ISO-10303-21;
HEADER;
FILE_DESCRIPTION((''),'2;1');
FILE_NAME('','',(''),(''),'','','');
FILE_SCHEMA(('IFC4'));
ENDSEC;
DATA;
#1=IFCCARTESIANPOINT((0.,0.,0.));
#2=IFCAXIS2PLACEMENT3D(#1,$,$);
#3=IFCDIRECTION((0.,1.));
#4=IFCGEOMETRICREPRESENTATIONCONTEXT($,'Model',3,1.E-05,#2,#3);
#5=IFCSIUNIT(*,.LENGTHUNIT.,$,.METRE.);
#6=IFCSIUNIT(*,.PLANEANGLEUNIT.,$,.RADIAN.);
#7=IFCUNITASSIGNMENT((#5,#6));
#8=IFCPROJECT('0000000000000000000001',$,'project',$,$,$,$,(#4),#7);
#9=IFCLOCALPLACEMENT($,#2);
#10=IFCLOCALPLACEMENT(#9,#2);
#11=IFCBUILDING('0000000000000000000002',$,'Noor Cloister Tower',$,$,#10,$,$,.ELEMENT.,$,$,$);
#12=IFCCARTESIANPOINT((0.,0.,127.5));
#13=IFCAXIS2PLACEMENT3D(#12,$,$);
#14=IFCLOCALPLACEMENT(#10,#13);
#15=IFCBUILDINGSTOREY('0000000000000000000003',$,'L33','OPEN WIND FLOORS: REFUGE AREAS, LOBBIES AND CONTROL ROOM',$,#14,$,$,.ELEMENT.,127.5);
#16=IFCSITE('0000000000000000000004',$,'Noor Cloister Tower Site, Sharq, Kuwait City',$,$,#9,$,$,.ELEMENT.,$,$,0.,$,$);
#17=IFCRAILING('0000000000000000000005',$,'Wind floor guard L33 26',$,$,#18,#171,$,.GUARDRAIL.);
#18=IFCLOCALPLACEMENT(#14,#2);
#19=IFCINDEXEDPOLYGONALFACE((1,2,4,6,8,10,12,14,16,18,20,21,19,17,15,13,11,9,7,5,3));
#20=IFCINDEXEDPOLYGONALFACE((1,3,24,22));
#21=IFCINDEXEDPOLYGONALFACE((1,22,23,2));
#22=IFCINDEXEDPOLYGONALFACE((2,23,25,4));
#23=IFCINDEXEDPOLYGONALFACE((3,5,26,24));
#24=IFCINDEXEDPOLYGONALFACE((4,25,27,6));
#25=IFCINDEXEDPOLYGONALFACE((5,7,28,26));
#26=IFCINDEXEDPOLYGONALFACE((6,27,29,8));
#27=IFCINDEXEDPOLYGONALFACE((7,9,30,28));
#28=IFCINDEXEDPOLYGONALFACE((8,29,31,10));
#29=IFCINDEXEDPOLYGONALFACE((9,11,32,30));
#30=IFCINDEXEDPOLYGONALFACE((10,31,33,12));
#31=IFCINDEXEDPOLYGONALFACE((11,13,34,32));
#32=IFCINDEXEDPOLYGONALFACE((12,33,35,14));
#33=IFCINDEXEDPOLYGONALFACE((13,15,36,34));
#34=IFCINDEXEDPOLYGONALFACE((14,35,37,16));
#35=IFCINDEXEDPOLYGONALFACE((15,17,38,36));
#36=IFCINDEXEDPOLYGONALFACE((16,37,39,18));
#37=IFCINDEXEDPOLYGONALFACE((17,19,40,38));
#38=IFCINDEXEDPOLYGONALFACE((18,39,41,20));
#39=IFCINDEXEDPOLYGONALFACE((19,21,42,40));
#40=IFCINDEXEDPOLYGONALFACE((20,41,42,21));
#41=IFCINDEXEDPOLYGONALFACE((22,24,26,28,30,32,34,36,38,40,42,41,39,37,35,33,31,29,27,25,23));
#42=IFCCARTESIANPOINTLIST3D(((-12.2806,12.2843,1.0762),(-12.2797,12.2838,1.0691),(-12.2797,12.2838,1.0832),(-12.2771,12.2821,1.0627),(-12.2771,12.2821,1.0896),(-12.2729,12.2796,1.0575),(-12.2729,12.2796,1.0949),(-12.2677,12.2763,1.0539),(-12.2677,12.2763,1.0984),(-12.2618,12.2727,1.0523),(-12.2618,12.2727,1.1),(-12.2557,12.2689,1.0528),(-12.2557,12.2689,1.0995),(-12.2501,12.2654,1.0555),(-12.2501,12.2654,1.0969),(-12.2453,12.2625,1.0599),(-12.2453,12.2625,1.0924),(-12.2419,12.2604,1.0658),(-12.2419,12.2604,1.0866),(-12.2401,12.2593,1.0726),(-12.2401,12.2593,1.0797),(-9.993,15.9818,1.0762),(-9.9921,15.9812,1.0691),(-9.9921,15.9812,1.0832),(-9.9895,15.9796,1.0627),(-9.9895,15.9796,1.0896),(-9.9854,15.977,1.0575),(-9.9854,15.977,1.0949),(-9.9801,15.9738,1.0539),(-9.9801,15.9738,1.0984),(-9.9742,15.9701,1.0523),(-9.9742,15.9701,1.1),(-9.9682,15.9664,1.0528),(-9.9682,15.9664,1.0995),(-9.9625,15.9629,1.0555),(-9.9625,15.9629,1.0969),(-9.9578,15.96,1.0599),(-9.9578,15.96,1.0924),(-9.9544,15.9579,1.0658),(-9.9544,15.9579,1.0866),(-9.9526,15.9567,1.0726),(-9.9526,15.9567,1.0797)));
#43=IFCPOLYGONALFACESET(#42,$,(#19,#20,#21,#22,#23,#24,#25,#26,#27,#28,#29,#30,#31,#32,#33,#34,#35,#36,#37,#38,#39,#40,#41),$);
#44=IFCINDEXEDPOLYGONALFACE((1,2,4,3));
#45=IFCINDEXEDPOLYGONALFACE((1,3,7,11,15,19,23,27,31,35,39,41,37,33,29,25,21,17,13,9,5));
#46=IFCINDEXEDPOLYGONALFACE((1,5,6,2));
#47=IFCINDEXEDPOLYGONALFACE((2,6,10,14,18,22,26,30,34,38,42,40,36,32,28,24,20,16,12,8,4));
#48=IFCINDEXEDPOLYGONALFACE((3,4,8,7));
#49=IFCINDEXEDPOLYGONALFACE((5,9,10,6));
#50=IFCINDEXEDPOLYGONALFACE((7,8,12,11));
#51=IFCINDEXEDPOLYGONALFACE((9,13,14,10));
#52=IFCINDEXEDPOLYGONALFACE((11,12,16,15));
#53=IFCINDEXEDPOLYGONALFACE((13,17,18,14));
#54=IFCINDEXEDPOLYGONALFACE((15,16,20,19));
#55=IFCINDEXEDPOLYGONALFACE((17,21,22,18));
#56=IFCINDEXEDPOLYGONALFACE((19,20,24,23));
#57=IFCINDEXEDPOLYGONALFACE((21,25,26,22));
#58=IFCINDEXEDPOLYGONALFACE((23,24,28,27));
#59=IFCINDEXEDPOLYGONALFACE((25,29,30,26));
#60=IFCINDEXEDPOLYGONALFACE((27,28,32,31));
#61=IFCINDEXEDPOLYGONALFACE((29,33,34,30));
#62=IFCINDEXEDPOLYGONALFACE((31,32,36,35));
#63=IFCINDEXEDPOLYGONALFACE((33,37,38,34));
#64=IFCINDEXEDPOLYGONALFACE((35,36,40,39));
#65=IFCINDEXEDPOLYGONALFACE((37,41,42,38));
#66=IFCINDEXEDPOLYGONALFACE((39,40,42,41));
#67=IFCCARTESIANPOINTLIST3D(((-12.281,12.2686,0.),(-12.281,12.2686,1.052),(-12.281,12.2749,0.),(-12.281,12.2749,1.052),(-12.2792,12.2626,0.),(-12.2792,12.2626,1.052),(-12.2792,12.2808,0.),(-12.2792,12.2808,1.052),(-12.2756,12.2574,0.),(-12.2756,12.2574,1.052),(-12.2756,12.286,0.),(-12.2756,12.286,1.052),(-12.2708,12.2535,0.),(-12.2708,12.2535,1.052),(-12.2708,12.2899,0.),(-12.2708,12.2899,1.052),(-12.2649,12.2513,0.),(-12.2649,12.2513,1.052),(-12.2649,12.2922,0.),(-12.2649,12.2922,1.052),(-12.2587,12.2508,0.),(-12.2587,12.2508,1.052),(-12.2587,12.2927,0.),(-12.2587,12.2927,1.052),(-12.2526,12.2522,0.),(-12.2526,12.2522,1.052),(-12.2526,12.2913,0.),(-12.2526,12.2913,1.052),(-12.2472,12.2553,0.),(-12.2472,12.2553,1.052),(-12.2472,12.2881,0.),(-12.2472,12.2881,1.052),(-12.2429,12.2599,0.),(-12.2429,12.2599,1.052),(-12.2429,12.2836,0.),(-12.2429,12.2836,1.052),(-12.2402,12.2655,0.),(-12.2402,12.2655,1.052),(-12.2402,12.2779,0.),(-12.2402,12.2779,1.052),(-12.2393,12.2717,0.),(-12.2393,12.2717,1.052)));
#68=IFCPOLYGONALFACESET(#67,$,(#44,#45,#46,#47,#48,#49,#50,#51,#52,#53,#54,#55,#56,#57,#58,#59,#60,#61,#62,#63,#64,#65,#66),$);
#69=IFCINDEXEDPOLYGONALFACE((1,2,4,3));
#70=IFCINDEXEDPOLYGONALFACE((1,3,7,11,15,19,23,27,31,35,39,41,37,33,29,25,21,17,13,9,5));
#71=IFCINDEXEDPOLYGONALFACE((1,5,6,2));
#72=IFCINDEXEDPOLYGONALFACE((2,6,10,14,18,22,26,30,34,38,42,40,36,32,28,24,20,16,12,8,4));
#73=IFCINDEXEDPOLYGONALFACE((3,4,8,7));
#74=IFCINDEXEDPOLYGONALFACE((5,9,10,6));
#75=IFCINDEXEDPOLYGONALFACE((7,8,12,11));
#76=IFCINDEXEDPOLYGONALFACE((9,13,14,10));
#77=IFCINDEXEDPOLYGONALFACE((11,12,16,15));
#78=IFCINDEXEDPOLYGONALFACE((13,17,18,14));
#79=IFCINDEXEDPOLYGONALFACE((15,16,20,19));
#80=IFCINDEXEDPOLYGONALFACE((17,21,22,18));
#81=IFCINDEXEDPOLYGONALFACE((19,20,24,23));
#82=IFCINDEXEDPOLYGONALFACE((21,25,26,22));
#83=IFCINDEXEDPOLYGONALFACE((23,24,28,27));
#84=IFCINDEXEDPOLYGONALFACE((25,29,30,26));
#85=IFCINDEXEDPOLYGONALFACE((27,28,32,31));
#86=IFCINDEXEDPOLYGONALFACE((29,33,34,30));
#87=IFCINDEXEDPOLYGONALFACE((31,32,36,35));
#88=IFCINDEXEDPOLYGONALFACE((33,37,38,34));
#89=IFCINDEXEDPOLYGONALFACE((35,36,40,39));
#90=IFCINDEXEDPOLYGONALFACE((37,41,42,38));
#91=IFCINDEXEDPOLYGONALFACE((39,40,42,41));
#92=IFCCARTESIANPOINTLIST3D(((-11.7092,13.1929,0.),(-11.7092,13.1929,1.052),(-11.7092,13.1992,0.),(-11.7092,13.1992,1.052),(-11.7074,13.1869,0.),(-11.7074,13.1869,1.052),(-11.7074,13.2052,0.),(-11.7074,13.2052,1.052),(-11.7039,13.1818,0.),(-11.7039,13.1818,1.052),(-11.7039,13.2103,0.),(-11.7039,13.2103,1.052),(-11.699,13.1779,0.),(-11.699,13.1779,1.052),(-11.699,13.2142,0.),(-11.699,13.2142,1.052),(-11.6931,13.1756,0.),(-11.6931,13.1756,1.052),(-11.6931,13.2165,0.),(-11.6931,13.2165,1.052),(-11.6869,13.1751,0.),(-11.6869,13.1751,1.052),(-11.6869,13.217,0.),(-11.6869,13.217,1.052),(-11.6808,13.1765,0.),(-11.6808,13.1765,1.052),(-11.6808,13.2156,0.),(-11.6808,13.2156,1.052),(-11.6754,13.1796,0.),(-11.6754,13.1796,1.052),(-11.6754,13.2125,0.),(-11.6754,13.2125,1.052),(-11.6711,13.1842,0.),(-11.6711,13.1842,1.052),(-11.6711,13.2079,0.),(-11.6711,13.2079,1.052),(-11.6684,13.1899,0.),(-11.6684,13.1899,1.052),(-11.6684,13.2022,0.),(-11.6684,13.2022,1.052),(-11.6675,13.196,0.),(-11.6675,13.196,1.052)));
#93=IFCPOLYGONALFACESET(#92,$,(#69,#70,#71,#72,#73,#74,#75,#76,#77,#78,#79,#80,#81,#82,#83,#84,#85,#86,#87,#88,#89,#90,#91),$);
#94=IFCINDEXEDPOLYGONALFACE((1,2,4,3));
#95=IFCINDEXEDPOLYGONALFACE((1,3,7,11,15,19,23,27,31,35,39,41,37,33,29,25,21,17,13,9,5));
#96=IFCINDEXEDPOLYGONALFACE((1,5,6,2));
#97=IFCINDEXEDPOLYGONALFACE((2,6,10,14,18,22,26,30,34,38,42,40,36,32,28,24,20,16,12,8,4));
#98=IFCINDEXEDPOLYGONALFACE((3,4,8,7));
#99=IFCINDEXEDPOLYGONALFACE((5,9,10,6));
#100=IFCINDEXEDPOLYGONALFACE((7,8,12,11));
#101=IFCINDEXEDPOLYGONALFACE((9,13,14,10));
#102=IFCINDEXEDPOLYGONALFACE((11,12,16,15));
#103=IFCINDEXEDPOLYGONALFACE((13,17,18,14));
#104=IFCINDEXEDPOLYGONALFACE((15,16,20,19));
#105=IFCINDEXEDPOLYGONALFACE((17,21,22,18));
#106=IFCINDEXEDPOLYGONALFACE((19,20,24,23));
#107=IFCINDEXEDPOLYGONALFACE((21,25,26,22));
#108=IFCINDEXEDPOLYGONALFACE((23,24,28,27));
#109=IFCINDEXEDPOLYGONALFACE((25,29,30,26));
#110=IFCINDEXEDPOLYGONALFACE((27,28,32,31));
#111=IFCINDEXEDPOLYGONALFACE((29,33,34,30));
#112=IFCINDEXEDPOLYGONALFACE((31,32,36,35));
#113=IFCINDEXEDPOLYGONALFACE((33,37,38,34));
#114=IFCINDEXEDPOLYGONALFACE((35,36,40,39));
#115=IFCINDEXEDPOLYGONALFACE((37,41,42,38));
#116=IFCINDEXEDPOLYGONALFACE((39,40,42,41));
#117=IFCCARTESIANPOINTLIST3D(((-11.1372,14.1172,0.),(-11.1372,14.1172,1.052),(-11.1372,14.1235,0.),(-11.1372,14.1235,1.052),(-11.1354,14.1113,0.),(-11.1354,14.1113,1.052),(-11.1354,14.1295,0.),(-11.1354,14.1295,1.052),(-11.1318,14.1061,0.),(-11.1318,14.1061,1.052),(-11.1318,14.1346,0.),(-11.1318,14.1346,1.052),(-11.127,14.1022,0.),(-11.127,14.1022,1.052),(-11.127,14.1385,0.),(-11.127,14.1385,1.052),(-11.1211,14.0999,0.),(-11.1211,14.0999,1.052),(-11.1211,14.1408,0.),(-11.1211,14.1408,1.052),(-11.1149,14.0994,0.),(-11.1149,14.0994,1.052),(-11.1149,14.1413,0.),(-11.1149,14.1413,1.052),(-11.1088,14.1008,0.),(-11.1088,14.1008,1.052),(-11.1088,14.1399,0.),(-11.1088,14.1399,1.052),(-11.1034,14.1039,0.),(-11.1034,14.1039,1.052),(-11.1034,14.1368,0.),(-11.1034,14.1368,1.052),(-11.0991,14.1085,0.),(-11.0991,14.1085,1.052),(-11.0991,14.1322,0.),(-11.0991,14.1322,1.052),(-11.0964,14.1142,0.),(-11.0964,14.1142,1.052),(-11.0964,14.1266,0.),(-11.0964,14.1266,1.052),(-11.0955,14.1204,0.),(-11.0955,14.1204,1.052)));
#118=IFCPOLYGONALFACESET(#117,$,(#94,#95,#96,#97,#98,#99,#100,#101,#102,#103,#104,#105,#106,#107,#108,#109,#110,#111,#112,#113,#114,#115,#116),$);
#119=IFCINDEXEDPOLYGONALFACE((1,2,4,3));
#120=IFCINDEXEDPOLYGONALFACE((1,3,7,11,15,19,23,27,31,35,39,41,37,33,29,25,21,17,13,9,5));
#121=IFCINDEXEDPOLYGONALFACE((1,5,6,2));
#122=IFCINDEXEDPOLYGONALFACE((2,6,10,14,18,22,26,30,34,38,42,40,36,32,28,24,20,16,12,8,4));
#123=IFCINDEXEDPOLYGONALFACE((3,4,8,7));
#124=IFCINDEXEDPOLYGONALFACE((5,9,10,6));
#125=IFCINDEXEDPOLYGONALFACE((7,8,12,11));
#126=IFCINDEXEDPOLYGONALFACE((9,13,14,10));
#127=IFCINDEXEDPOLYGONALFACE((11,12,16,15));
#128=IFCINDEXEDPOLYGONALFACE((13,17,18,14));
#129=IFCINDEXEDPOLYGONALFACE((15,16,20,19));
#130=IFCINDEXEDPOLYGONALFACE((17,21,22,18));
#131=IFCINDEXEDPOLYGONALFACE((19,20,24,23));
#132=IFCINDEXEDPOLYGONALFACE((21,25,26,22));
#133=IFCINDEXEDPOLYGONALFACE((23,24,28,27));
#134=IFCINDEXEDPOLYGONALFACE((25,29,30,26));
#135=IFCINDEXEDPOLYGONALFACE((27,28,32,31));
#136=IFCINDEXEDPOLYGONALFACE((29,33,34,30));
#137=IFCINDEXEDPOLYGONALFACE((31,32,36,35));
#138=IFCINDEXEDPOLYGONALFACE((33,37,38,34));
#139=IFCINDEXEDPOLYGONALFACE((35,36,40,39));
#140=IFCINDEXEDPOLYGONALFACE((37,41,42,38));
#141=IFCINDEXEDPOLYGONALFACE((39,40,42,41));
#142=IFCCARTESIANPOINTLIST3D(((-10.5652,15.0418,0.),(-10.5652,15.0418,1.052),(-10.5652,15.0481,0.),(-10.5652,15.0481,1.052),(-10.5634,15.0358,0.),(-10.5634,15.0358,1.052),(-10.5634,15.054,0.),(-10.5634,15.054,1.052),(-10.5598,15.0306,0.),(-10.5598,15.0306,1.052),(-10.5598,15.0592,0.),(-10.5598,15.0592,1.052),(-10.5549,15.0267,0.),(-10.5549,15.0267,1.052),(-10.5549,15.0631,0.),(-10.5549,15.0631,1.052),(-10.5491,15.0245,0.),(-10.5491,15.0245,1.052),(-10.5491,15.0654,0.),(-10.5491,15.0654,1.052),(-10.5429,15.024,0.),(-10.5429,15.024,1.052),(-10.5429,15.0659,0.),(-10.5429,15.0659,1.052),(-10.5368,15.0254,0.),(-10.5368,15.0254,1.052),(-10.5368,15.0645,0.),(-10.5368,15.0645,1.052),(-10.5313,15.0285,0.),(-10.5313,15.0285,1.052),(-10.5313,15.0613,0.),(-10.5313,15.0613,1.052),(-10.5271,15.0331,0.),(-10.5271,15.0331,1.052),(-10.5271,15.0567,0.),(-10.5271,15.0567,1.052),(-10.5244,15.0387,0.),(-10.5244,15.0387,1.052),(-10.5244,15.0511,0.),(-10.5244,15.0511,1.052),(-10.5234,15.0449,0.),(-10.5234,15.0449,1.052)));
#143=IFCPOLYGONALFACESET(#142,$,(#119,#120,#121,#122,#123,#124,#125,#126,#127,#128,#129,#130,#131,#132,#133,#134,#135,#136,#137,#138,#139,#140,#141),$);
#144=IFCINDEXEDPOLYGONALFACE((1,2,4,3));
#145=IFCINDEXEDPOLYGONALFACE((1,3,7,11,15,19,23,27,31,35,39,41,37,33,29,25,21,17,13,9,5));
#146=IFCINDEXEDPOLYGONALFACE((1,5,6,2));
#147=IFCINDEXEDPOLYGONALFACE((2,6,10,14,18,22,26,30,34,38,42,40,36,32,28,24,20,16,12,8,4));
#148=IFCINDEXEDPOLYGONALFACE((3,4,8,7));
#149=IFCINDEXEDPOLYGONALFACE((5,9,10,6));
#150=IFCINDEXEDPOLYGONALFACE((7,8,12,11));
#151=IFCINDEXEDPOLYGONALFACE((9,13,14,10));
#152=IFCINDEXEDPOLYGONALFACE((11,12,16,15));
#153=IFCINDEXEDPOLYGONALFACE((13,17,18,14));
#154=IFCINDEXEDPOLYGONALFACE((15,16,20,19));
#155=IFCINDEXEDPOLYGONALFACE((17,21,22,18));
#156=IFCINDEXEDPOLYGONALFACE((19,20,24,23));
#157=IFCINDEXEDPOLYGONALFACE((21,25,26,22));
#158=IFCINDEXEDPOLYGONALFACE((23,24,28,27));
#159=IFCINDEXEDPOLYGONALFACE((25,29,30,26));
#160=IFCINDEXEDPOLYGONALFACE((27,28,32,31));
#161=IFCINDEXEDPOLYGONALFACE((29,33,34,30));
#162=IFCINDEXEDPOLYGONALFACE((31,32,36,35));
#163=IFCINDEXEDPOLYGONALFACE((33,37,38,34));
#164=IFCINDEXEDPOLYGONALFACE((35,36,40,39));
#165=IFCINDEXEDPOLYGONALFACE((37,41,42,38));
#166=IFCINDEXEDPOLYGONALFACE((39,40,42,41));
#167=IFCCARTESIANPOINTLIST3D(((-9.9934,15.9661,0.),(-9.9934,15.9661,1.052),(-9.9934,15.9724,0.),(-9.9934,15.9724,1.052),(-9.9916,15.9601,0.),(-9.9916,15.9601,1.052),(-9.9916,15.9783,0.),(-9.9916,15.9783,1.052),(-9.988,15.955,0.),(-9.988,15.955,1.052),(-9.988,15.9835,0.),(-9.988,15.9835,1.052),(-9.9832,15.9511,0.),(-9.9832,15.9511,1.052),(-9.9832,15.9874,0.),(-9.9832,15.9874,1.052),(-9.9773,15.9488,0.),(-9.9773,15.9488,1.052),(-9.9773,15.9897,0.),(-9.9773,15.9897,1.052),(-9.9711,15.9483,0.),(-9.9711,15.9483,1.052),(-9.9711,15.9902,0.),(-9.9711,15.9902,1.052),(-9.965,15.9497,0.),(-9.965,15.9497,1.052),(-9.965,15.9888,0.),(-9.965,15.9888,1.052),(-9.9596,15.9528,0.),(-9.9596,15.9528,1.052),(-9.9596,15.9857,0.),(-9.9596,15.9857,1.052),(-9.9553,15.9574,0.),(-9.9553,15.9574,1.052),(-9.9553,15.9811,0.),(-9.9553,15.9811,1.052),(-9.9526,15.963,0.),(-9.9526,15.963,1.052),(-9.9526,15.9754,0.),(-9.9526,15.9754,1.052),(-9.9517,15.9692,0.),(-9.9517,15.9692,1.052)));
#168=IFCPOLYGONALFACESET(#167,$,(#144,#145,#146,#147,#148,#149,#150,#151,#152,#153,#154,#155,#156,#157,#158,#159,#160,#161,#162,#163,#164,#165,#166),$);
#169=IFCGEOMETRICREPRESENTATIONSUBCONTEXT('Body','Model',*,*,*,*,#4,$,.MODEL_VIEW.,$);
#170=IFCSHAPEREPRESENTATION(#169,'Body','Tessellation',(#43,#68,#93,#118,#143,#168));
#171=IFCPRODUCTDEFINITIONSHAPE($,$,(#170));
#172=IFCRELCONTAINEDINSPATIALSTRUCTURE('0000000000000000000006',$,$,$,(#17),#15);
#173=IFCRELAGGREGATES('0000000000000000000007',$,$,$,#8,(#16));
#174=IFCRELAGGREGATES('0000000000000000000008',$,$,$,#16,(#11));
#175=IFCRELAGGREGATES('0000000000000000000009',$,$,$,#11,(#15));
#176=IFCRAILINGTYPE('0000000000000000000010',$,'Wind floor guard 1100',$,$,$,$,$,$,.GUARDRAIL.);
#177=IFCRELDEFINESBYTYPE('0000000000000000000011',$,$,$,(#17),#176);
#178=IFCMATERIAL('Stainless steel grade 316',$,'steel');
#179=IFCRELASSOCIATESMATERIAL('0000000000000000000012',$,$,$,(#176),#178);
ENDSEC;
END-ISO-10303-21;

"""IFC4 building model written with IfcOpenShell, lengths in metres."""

from ifc_helpers import new_model, si_unit, direction, frame, origin, origin_2d, place, context, subcontext, project, spatial, circle, extrude, material, type_object, element, save


model = new_model("IFC4")

# Units and contexts
model_context = context("Model", 3, precision=1e-05, world=origin(), true_north=direction((0.0, 1.0)))
body_context = subcontext(model_context, "Body", "Model", "MODEL_VIEW")
ifc_project = project(units=[si_unit("LENGTHUNIT", "METRE"), si_unit("PLANEANGLEUNIT", "RADIAN")], contexts=[model_context])

# Site, building, storey
site_placement = place(None, origin())
site = spatial("IfcSite", under=ifc_project, at=site_placement, Name="Noor Cloister Tower Site, Sharq, Kuwait City", CompositionType="ELEMENT", RefElevation=0.0)
building_placement = place(site_placement, origin())
building = spatial("IfcBuilding", under=site, at=building_placement, Name="Noor Cloister Tower", CompositionType="ELEMENT")
storey_placement = place(building_placement, frame((0.0, 0.0, 127.5)))
storey = spatial("IfcBuildingStorey", under=building, at=storey_placement, Name="L33", Description="OPEN WIND FLOORS: REFUGE AREAS, LOBBIES AND CONTROL ROOM", CompositionType="ELEMENT", Elevation=127.5)

# Railing
ifc_material_1 = material(Name="Stainless steel grade 316", Category="steel")
railing_type = type_object("IfcRailingType", Name="Wind floor guard 1100", PredefinedType="GUARDRAIL", material=ifc_material_1)
railing_1_placement = place(storey_placement, frame((-12.2603, 12.2717, 0.0)))
element("IfcRailing", 1, at=railing_1_placement, inside=storey, type_object=railing_type, Name="Wind floor guard L33 26", PredefinedType="GUARDRAIL", context=body_context, shape_type="SweptSolid", body=[
    extrude(circle(Radius=0.0239, at=origin_2d()), frame((0.0, 0.0, 1.0762), z_axis=(0.526132, 0.850403, 0.0), x_axis=(-0.850403, 0.526132, 0.0)), (0.0, 0.0, 1.0), 4.3479),
    extrude(circle(Radius=0.021, at=origin_2d()), origin(), (0.0, 0.0, 1.0), 1.052),
    extrude(circle(Radius=0.021, at=origin_2d()), frame((0.5718, 0.9243, 0.0)), (0.0, 0.0, 1.0), 1.052),
    extrude(circle(Radius=0.021, at=origin_2d()), frame((1.1438, 1.8486, 0.0)), (0.0, 0.0, 1.0), 1.052),
    extrude(circle(Radius=0.021, at=origin_2d()), frame((1.7158, 2.7732, 0.0)), (0.0, 0.0, 1.0), 1.052),
    extrude(circle(Radius=0.021, at=origin_2d()), frame((2.2876, 3.6975, 0.0)), (0.0, 0.0, 1.0), 1.052),
])

save(model, "model.ifc")
